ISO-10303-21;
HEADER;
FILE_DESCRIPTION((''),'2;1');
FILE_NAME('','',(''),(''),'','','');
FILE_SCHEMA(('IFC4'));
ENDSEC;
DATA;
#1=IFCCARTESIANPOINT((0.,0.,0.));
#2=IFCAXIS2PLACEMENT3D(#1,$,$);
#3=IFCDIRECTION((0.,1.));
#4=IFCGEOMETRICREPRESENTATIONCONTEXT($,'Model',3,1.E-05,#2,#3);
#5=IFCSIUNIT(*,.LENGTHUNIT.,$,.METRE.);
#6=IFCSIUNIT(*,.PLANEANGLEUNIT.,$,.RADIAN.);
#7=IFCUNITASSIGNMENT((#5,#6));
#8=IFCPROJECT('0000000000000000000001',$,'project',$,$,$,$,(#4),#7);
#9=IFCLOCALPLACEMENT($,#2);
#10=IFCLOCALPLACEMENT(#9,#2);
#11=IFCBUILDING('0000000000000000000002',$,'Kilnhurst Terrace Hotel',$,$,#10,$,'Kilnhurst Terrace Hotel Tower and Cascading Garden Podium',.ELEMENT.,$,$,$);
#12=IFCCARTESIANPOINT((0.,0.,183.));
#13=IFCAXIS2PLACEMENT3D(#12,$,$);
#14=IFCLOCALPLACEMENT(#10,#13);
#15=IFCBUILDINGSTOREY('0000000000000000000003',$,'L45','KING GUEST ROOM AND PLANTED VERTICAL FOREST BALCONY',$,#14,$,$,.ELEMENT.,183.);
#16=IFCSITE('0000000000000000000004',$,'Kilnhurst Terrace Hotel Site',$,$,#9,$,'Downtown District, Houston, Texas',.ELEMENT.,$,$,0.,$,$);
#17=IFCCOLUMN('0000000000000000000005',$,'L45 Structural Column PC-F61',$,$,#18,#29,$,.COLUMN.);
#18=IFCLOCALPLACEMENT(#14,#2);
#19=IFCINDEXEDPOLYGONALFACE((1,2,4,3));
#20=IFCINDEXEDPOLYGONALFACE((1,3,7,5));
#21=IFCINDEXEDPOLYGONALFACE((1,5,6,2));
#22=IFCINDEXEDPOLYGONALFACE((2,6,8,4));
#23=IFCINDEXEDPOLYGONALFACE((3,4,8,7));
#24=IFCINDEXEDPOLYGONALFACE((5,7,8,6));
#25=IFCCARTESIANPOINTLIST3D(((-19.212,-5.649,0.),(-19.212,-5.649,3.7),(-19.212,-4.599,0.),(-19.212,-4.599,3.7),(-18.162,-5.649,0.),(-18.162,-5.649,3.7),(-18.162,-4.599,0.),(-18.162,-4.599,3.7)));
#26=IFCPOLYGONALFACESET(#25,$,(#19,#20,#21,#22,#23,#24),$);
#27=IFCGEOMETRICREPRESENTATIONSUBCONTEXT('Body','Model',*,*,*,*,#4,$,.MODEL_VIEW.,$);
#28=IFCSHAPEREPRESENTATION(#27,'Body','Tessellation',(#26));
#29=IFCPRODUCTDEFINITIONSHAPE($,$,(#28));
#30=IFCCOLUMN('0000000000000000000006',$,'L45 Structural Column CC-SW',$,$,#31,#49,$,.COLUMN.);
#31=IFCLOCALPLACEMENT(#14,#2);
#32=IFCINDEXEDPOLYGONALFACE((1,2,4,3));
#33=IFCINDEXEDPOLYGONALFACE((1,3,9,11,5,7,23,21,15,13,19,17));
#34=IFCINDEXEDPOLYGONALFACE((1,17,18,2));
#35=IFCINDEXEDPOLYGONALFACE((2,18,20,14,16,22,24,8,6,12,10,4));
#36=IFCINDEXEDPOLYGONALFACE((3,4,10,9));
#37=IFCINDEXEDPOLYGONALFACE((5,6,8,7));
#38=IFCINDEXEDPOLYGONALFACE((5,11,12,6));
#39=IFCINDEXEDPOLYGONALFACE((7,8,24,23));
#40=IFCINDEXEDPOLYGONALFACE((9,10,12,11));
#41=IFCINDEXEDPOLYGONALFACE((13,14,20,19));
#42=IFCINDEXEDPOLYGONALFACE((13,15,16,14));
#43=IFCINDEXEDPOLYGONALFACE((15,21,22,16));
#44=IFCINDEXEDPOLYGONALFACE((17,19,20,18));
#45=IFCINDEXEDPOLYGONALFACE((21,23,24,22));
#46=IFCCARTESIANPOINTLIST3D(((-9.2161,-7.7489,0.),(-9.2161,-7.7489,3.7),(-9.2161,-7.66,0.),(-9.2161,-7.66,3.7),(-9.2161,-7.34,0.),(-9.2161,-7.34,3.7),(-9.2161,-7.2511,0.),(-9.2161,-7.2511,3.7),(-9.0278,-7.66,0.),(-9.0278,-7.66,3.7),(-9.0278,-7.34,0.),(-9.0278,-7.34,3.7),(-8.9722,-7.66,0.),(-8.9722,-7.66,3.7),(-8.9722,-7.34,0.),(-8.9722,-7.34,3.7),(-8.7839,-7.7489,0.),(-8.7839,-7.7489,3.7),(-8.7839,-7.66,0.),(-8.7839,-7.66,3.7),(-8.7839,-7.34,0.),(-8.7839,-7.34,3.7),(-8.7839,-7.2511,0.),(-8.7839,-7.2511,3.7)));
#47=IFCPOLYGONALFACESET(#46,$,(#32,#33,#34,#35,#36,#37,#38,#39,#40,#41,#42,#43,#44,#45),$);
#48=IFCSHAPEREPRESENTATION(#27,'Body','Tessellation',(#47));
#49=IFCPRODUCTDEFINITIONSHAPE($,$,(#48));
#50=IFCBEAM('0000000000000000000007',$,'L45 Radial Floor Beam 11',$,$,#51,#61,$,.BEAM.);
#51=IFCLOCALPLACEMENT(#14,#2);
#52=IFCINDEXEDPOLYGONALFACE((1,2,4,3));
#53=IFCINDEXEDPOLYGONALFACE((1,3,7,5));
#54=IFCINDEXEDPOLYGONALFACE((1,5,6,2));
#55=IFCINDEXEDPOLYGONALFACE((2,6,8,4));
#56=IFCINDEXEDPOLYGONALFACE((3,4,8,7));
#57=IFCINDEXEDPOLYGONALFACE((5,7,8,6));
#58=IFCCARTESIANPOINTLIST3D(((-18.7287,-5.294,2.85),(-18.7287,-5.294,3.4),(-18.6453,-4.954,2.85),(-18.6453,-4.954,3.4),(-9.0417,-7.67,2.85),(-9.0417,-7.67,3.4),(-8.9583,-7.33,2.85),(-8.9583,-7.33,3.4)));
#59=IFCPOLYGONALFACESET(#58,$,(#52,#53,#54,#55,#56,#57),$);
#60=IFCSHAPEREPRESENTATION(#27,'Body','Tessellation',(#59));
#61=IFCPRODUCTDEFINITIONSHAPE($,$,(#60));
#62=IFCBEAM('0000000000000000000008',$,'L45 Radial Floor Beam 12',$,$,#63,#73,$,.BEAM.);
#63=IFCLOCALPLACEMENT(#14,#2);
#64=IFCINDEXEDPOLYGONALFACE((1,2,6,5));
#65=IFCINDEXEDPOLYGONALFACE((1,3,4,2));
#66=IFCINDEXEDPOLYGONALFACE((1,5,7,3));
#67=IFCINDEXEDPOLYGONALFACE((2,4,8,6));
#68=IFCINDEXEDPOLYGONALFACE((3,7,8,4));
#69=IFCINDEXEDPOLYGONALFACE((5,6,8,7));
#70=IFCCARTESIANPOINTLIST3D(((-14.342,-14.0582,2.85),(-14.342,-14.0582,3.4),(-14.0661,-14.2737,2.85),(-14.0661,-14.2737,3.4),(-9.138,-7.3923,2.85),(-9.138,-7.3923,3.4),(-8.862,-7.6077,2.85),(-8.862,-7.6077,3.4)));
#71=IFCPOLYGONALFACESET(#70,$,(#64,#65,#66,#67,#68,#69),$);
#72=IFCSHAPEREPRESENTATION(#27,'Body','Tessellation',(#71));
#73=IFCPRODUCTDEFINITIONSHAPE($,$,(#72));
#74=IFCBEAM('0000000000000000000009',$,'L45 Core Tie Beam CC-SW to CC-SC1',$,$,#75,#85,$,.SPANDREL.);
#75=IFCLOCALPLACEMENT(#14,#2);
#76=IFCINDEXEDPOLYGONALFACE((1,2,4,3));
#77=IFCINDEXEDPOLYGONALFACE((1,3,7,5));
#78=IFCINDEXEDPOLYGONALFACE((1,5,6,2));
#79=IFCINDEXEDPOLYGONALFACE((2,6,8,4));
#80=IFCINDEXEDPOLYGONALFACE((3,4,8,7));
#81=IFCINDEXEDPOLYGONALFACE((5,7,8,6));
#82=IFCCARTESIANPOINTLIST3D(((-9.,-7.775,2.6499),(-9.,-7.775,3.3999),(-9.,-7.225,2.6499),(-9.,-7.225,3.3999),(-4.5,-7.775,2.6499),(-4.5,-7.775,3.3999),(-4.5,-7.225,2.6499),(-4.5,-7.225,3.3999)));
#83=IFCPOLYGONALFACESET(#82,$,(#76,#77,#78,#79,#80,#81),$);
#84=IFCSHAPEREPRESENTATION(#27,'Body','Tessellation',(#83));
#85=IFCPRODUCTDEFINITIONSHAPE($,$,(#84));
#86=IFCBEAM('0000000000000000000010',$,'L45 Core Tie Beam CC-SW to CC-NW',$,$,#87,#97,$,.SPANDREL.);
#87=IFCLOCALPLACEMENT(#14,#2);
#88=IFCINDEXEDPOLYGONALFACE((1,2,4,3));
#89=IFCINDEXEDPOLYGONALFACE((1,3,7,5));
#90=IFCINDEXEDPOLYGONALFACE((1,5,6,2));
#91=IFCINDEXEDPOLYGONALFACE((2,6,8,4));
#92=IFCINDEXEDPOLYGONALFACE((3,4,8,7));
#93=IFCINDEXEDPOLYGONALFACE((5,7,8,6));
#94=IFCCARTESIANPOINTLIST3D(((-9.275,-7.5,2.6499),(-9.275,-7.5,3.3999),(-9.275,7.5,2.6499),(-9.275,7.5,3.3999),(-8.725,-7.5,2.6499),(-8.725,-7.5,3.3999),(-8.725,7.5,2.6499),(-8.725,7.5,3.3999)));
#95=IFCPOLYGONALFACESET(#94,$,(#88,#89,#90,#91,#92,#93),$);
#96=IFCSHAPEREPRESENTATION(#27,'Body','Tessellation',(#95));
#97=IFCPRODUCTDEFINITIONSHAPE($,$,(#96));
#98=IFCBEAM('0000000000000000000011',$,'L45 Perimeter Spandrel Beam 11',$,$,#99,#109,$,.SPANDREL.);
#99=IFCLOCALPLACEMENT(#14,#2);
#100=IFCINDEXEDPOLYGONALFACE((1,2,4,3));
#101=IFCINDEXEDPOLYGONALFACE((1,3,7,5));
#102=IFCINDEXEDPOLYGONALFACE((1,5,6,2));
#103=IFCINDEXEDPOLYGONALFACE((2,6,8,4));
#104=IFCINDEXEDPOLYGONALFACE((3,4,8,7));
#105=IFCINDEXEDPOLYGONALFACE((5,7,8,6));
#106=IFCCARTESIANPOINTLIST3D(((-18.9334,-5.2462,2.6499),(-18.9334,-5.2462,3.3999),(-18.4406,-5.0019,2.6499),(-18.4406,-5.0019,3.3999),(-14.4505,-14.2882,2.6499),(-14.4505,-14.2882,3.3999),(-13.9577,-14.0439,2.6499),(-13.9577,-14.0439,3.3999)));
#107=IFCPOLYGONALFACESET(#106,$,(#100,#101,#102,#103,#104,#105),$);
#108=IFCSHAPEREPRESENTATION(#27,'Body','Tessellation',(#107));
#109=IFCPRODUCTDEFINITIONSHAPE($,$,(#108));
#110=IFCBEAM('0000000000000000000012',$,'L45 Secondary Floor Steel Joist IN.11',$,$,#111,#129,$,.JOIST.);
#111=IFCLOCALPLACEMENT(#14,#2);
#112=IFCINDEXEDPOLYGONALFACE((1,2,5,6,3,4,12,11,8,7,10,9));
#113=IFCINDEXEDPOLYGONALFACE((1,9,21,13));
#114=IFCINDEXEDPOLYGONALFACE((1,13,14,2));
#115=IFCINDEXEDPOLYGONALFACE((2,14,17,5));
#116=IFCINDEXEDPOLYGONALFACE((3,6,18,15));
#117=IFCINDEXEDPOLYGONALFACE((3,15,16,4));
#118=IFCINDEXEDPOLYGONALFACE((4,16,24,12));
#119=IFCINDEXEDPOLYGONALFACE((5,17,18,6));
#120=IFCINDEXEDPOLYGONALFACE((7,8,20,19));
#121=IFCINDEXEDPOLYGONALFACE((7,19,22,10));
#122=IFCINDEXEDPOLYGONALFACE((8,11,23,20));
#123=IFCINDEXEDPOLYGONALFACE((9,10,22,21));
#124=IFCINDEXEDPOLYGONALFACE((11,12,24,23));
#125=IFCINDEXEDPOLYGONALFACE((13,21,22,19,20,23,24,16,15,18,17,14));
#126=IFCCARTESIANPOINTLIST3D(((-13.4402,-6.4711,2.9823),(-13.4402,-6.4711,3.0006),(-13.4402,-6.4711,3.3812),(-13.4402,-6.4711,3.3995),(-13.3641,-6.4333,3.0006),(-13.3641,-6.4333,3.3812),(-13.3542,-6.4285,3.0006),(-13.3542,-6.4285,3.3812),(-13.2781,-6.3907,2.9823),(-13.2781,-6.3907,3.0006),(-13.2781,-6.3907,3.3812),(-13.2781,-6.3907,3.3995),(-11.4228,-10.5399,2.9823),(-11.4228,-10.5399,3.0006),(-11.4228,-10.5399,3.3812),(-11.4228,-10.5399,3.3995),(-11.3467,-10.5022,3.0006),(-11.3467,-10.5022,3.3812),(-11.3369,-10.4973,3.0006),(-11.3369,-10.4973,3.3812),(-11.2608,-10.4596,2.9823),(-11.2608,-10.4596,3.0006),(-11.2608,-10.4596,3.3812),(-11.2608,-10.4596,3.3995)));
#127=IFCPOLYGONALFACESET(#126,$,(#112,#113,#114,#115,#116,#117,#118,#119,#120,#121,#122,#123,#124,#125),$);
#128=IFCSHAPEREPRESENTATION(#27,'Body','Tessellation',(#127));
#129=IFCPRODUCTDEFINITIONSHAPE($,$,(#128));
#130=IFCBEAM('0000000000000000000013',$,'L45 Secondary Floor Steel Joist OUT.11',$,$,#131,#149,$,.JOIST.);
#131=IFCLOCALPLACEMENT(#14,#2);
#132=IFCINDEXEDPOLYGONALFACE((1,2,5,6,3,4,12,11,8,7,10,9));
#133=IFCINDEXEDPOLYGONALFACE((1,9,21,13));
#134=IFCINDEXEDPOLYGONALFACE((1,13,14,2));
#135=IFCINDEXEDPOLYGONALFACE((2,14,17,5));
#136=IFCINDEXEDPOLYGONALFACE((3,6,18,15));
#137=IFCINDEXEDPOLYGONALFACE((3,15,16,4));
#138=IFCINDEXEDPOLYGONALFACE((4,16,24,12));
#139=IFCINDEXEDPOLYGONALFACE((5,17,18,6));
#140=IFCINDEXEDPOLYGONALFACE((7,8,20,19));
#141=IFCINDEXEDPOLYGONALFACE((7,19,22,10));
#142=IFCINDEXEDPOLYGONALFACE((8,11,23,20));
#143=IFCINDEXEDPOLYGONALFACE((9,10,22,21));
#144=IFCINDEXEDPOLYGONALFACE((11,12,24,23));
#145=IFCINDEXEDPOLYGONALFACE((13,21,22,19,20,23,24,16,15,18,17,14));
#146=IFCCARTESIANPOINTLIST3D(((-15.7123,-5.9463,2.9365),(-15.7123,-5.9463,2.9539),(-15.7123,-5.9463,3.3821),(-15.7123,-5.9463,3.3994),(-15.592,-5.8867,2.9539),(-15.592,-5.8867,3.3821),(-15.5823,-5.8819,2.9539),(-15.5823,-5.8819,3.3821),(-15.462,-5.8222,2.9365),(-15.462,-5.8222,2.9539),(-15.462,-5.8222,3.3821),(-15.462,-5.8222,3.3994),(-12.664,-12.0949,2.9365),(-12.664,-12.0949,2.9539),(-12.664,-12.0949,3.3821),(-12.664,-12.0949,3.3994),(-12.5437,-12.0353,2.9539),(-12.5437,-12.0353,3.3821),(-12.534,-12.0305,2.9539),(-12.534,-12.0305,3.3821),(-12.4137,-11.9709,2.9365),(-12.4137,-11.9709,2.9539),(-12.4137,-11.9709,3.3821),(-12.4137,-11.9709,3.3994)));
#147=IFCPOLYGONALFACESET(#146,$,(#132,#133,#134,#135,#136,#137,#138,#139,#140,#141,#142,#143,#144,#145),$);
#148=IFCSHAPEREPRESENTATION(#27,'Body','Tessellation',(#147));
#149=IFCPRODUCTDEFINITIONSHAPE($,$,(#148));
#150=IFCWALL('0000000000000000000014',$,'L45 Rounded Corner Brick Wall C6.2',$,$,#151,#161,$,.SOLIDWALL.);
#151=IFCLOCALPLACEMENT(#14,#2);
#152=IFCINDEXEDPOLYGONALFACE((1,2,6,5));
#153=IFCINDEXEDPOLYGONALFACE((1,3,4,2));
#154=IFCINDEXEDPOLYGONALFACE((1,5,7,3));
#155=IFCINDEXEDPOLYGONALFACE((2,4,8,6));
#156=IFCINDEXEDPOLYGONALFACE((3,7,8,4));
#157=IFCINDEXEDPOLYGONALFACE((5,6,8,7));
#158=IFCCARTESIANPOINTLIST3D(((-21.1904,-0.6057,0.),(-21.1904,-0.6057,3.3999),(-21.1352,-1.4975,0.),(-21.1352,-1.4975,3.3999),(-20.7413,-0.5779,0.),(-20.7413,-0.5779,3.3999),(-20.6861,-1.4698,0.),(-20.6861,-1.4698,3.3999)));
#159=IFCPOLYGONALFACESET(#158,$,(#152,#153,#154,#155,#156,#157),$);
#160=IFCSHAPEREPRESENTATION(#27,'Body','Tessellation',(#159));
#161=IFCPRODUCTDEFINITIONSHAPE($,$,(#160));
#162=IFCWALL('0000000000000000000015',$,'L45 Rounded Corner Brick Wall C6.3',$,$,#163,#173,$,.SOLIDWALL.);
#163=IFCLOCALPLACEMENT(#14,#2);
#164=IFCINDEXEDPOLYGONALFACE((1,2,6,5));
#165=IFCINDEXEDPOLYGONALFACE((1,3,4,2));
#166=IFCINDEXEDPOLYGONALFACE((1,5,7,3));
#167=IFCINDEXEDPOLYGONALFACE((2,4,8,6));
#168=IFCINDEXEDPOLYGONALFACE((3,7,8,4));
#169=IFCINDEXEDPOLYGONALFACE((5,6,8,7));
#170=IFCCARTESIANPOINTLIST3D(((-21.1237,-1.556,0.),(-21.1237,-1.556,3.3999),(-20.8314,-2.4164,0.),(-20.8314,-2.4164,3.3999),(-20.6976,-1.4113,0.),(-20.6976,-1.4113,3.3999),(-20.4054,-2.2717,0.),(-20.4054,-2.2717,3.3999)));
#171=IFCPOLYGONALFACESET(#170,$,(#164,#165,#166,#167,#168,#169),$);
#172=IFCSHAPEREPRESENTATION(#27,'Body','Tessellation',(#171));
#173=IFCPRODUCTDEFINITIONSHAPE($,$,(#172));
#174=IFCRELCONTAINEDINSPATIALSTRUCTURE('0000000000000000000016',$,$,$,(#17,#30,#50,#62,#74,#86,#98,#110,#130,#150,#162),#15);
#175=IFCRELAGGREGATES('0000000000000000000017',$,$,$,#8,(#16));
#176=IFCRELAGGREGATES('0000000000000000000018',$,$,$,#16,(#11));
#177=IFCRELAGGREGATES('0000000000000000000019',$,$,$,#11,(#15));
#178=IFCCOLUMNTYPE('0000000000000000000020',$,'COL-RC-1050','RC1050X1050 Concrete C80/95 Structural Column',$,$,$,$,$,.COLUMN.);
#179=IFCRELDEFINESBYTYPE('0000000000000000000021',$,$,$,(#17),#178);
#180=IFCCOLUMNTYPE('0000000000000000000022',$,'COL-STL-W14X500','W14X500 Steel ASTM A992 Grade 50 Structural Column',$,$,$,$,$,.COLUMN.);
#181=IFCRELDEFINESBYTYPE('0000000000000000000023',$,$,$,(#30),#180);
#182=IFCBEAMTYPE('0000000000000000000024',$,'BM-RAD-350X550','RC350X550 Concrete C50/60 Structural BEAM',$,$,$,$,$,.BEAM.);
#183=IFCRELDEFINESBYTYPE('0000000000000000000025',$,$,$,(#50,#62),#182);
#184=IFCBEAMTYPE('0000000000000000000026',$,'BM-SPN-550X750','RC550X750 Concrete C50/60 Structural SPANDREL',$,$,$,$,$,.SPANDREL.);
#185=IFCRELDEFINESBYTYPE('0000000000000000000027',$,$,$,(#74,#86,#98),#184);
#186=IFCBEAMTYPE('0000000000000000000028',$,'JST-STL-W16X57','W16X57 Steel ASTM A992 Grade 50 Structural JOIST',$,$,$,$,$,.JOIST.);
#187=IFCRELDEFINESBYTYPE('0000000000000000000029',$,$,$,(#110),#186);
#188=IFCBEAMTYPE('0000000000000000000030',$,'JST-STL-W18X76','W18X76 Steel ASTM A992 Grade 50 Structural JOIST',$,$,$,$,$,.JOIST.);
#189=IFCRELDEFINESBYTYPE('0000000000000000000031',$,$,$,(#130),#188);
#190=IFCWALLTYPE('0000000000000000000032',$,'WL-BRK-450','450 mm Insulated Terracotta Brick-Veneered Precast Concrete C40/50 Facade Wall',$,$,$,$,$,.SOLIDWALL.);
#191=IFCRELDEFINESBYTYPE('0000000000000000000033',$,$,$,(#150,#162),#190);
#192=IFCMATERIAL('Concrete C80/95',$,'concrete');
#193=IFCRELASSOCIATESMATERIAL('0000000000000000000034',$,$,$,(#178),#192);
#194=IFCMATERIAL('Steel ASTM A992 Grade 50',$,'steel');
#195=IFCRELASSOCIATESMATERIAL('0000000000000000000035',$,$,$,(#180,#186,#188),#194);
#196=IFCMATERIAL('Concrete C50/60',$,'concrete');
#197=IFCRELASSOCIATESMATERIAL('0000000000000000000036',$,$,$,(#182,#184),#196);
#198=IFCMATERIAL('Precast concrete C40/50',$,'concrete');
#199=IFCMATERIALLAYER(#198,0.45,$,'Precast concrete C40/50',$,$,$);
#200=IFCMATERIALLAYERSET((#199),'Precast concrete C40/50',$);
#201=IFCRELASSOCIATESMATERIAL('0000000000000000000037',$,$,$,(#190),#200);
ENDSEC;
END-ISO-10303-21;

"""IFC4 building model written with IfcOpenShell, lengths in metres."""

from ifc_helpers import new_model, si_unit, direction, frame, frame_2d, origin, origin_2d, place, context, subcontext, project, spatial, rectangle, i_section, extrude, material, layer, layer_set, material_profile, profile_set, type_object, element, save


model = new_model("IFC4")

# Units and contexts
model_context = context("Model", 3, precision=1e-05, world=origin(), true_north=direction((0.0, 1.0)))
body_context = subcontext(model_context, "Body", "Model", "MODEL_VIEW")
ifc_project = project(units=[si_unit("LENGTHUNIT", "METRE"), si_unit("PLANEANGLEUNIT", "RADIAN")], contexts=[model_context])

# Site, building, storey
site_placement = place(None, origin())
site = spatial("IfcSite", under=ifc_project, at=site_placement, Name="Kilnhurst Terrace Hotel Site", LongName="Downtown District, Houston, Texas", CompositionType="ELEMENT", RefElevation=0.0)
building_placement = place(site_placement, origin())
building = spatial("IfcBuilding", under=site, at=building_placement, Name="Kilnhurst Terrace Hotel", LongName="Kilnhurst Terrace Hotel Tower and Cascading Garden Podium", CompositionType="ELEMENT")
storey_placement = place(building_placement, frame((0.0, 0.0, 183.0)))
storey = spatial("IfcBuildingStorey", under=building, at=storey_placement, Name="L45", Description="KING GUEST ROOM AND PLANTED VERTICAL FOREST BALCONY", CompositionType="ELEMENT", Elevation=183.0)

# Columns
ifc_material_1 = material(Name="Concrete C80/95", Category="concrete")
ifc_material_profile_1 = material_profile(ifc_material_1, rectangle(XDim=1.05, YDim=1.05, at=origin_2d()), Name="RC1050X1050")
ifc_profile_set_1 = profile_set([ifc_material_profile_1], Name="Concrete C80/95")
column_type_1 = type_object("IfcColumnType", Name="COL-RC-1050", Description="RC1050X1050 Concrete C80/95 Structural Column", PredefinedType="COLUMN", material=ifc_profile_set_1)
column_1_placement = place(storey_placement, frame((-18.687, -5.124, 0.0), z_axis=(0.0, 0.0, 1.0), x_axis=(1.0, 0.0, 0.0)))
element("IfcColumn", 1, at=column_1_placement, inside=storey, type_object=column_type_1, Name="L45 Structural Column PC-F61", PredefinedType="COLUMN", context=body_context, shape_type="SweptSolid", body=[
    extrude(rectangle(XDim=1.05, YDim=1.05, at=origin_2d()), origin(), (0.0, 0.0, 1.0), 3.7),
])
ifc_material_2 = material(Name="Steel ASTM A992 Grade 50", Category="steel")
ifc_material_profile_2 = material_profile(ifc_material_2, i_section(OverallWidth=0.4321, OverallDepth=0.4978, WebThickness=0.0557, FlangeThickness=0.0889, at=origin_2d()), Name="W14X500")
ifc_profile_set_2 = profile_set([ifc_material_profile_2], Name="Steel ASTM A992 Grade 50")
column_type_2 = type_object("IfcColumnType", Name="COL-STL-W14X500", Description="W14X500 Steel ASTM A992 Grade 50 Structural Column", PredefinedType="COLUMN", material=ifc_profile_set_2)
column_2_placement = place(storey_placement, frame((-9.0, -7.5, 0.0), z_axis=(0.0, 0.0, 1.0), x_axis=(1.0, 0.0, 0.0)))
element("IfcColumn", 2, at=column_2_placement, inside=storey, type_object=column_type_2, Name="L45 Structural Column CC-SW", PredefinedType="COLUMN", context=body_context, shape_type="SweptSolid", body=[
    extrude(i_section(OverallWidth=0.4321, OverallDepth=0.4978, WebThickness=0.0557, FlangeThickness=0.0889, at=origin_2d()), origin(), (0.0, 0.0, 1.0), 3.7),
])

# Beams
ifc_material_3 = material(Name="Concrete C50/60", Category="concrete")
ifc_material_profile_3 = material_profile(ifc_material_3, rectangle(XDim=0.3501, YDim=0.55, at=origin_2d()), Name="RC350X550")
ifc_profile_set_3 = profile_set([ifc_material_profile_3], Name="Concrete C50/60")
beam_type_1 = type_object("IfcBeamType", Name="BM-RAD-350X550", Description="RC350X550 Concrete C50/60 Structural BEAM", PredefinedType="BEAM", material=ifc_profile_set_3)
beam_1_placement = place(storey_placement, frame((-9.0, -7.5, 3.125), z_axis=(-0.971213, 0.238214, 0.0), x_axis=(-0.238214, -0.971213, 0.0)))
element("IfcBeam", 3, at=beam_1_placement, inside=storey, type_object=beam_type_1, Name="L45 Radial Floor Beam 11", PredefinedType="BEAM", context=body_context, shape_type="SweptSolid", body=[
    extrude(rectangle(XDim=0.3501, YDim=0.55, at=origin_2d()), origin(), (0.0, 0.0, 1.0), 9.9741),
])
beam_2_placement = place(storey_placement, frame((-9.0, -7.5, 3.125), z_axis=(-0.615371, -0.788238, 0.0), x_axis=(0.788238, -0.615371, 0.0)))
element("IfcBeam", 4, at=beam_2_placement, inside=storey, type_object=beam_type_1, Name="L45 Radial Floor Beam 12", PredefinedType="BEAM", context=body_context, shape_type="SweptSolid", body=[
    extrude(rectangle(XDim=0.3501, YDim=0.55, at=origin_2d()), origin(), (0.0, 0.0, 1.0), 8.4568),
])
ifc_material_profile_4 = material_profile(ifc_material_3, rectangle(XDim=0.55, YDim=0.75, at=origin_2d()), Name="RC550X750")
ifc_profile_set_4 = profile_set([ifc_material_profile_4], Name="Concrete C50/60")
beam_type_2 = type_object("IfcBeamType", Name="BM-SPN-550X750", Description="RC550X750 Concrete C50/60 Structural SPANDREL", PredefinedType="SPANDREL", material=ifc_profile_set_4)
beam_3_placement = place(storey_placement, frame((-9.0, -7.5, 3.0249), z_axis=(1.0, 0.0, 0.0), x_axis=(0.0, 1.0, 0.0)))
element("IfcBeam", 5, at=beam_3_placement, inside=storey, type_object=beam_type_2, Name="L45 Core Tie Beam CC-SW to CC-SC1", PredefinedType="SPANDREL", context=body_context, shape_type="SweptSolid", body=[
    extrude(rectangle(XDim=0.55, YDim=0.75, at=origin_2d()), origin(), (0.0, 0.0, 1.0), 4.5),
])
beam_4_placement = place(storey_placement, frame((-9.0, -7.5, 3.0249), z_axis=(0.0, 1.0, 0.0), x_axis=(-1.0, 0.0, 0.0)))
element("IfcBeam", 6, at=beam_4_placement, inside=storey, type_object=beam_type_2, Name="L45 Core Tie Beam CC-SW to CC-NW", PredefinedType="SPANDREL", context=body_context, shape_type="SweptSolid", body=[
    extrude(rectangle(XDim=0.55, YDim=0.75, at=origin_2d()), origin(), (0.0, 0.0, 1.0), 15.0),
])
beam_5_placement = place(storey_placement, frame((-18.687, -5.124, 3.0249), z_axis=(0.444192, -0.895932, 0.0), x_axis=(0.895932, 0.444192, 0.0)))
element("IfcBeam", 7, at=beam_5_placement, inside=storey, type_object=beam_type_2, Name="L45 Perimeter Spandrel Beam 11", PredefinedType="SPANDREL", context=body_context, shape_type="SweptSolid", body=[
    extrude(rectangle(XDim=0.55, YDim=0.75, at=origin_2d()), origin(), (0.0, 0.0, 1.0), 10.0923),
])
ifc_material_profile_5 = material_profile(ifc_material_2, i_section(OverallWidth=0.1809, OverallDepth=0.4172, WebThickness=0.011, FlangeThickness=0.0183, at=origin_2d()), Name="W16X57")
ifc_profile_set_5 = profile_set([ifc_material_profile_5], Name="Steel ASTM A992 Grade 50")
beam_type_3 = type_object("IfcBeamType", Name="JST-STL-W16X57", Description="W16X57 Steel ASTM A992 Grade 50 Structural JOIST", PredefinedType="JOIST", material=ifc_profile_set_5)
beam_6_placement = place(storey_placement, frame((-13.3591, -6.4309, 3.1909), z_axis=(0.444201, -0.895927, 0.0), x_axis=(0.895927, 0.444201, 0.0)))
element("IfcBeam", 8, at=beam_6_placement, inside=storey, type_object=beam_type_3, Name="L45 Secondary Floor Steel Joist IN.11", PredefinedType="JOIST", context=body_context, shape_type="SweptSolid", body=[
    extrude(i_section(OverallWidth=0.1809, OverallDepth=0.4172, WebThickness=0.011, FlangeThickness=0.0183, at=origin_2d()), origin(), (0.0, 0.0, 1.0), 4.5415),
])
ifc_material_profile_6 = material_profile(ifc_material_2, i_section(OverallWidth=0.2793, OverallDepth=0.4629, WebThickness=0.0107, FlangeThickness=0.0173, at=origin_2d()), Name="W18X76")
ifc_profile_set_6 = profile_set([ifc_material_profile_6], Name="Steel ASTM A992 Grade 50")
beam_type_4 = type_object("IfcBeamType", Name="JST-STL-W18X76", Description="W18X76 Steel ASTM A992 Grade 50 Structural JOIST", PredefinedType="JOIST", material=ifc_profile_set_6)
beam_7_placement = place(storey_placement, frame((-15.5872, -5.8843, 3.168), z_axis=(0.44418, -0.895938, 0.0), x_axis=(0.895938, 0.44418, 0.0)))
element("IfcBeam", 9, at=beam_7_placement, inside=storey, type_object=beam_type_4, Name="L45 Secondary Floor Steel Joist OUT.11", PredefinedType="JOIST", context=body_context, shape_type="SweptSolid", body=[
    extrude(i_section(OverallWidth=0.2793, OverallDepth=0.4629, WebThickness=0.0107, FlangeThickness=0.0173, at=origin_2d()), origin(), (0.0, 0.0, 1.0), 6.8628),
])

# Walls
ifc_material_4 = material(Name="Precast concrete C40/50", Category="concrete")
ifc_layer_1 = layer(ifc_material_4, 0.45, Name="Precast concrete C40/50")
ifc_layer_set_1 = layer_set([ifc_layer_1], Name="Precast concrete C40/50")
wall_type_1 = type_object("IfcWallType", Name="WL-BRK-450", Description="450 mm Insulated Terracotta Brick-Veneered Precast Concrete C40/50 Facade Wall", PredefinedType="SOLIDWALL", material=ifc_layer_set_1)
wall_1_placement = place(storey_placement, frame((-20.9658, -0.5918, 0.0), z_axis=(0.0, 0.0, 1.0), x_axis=(0.061749, -0.998092, 0.0)))
element("IfcWall", 10, at=wall_1_placement, inside=storey, type_object=wall_type_1, Name="L45 Rounded Corner Brick Wall C6.2", PredefinedType="SOLIDWALL", context=body_context, shape_type="SweptSolid", body=[
    extrude(rectangle(XDim=0.8936, YDim=0.45, at=frame_2d((0.4468, 0.0))), origin(), (0.0, 0.0, 1.0), 3.3999),
])
wall_2_placement = place(storey_placement, frame((-20.9106, -1.4836, 0.0), z_axis=(0.0, 0.0, 1.0), x_axis=(0.321623, -0.946868, 0.0)))
element("IfcWall", 11, at=wall_2_placement, inside=storey, type_object=wall_type_1, Name="L45 Rounded Corner Brick Wall C6.3", PredefinedType="SOLIDWALL", context=body_context, shape_type="SweptSolid", body=[
    extrude(rectangle(XDim=0.9087, YDim=0.45, at=frame_2d((0.4543, 0.0))), origin(), (0.0, 0.0, 1.0), 3.3999),
])

save(model, "model.ifc")
